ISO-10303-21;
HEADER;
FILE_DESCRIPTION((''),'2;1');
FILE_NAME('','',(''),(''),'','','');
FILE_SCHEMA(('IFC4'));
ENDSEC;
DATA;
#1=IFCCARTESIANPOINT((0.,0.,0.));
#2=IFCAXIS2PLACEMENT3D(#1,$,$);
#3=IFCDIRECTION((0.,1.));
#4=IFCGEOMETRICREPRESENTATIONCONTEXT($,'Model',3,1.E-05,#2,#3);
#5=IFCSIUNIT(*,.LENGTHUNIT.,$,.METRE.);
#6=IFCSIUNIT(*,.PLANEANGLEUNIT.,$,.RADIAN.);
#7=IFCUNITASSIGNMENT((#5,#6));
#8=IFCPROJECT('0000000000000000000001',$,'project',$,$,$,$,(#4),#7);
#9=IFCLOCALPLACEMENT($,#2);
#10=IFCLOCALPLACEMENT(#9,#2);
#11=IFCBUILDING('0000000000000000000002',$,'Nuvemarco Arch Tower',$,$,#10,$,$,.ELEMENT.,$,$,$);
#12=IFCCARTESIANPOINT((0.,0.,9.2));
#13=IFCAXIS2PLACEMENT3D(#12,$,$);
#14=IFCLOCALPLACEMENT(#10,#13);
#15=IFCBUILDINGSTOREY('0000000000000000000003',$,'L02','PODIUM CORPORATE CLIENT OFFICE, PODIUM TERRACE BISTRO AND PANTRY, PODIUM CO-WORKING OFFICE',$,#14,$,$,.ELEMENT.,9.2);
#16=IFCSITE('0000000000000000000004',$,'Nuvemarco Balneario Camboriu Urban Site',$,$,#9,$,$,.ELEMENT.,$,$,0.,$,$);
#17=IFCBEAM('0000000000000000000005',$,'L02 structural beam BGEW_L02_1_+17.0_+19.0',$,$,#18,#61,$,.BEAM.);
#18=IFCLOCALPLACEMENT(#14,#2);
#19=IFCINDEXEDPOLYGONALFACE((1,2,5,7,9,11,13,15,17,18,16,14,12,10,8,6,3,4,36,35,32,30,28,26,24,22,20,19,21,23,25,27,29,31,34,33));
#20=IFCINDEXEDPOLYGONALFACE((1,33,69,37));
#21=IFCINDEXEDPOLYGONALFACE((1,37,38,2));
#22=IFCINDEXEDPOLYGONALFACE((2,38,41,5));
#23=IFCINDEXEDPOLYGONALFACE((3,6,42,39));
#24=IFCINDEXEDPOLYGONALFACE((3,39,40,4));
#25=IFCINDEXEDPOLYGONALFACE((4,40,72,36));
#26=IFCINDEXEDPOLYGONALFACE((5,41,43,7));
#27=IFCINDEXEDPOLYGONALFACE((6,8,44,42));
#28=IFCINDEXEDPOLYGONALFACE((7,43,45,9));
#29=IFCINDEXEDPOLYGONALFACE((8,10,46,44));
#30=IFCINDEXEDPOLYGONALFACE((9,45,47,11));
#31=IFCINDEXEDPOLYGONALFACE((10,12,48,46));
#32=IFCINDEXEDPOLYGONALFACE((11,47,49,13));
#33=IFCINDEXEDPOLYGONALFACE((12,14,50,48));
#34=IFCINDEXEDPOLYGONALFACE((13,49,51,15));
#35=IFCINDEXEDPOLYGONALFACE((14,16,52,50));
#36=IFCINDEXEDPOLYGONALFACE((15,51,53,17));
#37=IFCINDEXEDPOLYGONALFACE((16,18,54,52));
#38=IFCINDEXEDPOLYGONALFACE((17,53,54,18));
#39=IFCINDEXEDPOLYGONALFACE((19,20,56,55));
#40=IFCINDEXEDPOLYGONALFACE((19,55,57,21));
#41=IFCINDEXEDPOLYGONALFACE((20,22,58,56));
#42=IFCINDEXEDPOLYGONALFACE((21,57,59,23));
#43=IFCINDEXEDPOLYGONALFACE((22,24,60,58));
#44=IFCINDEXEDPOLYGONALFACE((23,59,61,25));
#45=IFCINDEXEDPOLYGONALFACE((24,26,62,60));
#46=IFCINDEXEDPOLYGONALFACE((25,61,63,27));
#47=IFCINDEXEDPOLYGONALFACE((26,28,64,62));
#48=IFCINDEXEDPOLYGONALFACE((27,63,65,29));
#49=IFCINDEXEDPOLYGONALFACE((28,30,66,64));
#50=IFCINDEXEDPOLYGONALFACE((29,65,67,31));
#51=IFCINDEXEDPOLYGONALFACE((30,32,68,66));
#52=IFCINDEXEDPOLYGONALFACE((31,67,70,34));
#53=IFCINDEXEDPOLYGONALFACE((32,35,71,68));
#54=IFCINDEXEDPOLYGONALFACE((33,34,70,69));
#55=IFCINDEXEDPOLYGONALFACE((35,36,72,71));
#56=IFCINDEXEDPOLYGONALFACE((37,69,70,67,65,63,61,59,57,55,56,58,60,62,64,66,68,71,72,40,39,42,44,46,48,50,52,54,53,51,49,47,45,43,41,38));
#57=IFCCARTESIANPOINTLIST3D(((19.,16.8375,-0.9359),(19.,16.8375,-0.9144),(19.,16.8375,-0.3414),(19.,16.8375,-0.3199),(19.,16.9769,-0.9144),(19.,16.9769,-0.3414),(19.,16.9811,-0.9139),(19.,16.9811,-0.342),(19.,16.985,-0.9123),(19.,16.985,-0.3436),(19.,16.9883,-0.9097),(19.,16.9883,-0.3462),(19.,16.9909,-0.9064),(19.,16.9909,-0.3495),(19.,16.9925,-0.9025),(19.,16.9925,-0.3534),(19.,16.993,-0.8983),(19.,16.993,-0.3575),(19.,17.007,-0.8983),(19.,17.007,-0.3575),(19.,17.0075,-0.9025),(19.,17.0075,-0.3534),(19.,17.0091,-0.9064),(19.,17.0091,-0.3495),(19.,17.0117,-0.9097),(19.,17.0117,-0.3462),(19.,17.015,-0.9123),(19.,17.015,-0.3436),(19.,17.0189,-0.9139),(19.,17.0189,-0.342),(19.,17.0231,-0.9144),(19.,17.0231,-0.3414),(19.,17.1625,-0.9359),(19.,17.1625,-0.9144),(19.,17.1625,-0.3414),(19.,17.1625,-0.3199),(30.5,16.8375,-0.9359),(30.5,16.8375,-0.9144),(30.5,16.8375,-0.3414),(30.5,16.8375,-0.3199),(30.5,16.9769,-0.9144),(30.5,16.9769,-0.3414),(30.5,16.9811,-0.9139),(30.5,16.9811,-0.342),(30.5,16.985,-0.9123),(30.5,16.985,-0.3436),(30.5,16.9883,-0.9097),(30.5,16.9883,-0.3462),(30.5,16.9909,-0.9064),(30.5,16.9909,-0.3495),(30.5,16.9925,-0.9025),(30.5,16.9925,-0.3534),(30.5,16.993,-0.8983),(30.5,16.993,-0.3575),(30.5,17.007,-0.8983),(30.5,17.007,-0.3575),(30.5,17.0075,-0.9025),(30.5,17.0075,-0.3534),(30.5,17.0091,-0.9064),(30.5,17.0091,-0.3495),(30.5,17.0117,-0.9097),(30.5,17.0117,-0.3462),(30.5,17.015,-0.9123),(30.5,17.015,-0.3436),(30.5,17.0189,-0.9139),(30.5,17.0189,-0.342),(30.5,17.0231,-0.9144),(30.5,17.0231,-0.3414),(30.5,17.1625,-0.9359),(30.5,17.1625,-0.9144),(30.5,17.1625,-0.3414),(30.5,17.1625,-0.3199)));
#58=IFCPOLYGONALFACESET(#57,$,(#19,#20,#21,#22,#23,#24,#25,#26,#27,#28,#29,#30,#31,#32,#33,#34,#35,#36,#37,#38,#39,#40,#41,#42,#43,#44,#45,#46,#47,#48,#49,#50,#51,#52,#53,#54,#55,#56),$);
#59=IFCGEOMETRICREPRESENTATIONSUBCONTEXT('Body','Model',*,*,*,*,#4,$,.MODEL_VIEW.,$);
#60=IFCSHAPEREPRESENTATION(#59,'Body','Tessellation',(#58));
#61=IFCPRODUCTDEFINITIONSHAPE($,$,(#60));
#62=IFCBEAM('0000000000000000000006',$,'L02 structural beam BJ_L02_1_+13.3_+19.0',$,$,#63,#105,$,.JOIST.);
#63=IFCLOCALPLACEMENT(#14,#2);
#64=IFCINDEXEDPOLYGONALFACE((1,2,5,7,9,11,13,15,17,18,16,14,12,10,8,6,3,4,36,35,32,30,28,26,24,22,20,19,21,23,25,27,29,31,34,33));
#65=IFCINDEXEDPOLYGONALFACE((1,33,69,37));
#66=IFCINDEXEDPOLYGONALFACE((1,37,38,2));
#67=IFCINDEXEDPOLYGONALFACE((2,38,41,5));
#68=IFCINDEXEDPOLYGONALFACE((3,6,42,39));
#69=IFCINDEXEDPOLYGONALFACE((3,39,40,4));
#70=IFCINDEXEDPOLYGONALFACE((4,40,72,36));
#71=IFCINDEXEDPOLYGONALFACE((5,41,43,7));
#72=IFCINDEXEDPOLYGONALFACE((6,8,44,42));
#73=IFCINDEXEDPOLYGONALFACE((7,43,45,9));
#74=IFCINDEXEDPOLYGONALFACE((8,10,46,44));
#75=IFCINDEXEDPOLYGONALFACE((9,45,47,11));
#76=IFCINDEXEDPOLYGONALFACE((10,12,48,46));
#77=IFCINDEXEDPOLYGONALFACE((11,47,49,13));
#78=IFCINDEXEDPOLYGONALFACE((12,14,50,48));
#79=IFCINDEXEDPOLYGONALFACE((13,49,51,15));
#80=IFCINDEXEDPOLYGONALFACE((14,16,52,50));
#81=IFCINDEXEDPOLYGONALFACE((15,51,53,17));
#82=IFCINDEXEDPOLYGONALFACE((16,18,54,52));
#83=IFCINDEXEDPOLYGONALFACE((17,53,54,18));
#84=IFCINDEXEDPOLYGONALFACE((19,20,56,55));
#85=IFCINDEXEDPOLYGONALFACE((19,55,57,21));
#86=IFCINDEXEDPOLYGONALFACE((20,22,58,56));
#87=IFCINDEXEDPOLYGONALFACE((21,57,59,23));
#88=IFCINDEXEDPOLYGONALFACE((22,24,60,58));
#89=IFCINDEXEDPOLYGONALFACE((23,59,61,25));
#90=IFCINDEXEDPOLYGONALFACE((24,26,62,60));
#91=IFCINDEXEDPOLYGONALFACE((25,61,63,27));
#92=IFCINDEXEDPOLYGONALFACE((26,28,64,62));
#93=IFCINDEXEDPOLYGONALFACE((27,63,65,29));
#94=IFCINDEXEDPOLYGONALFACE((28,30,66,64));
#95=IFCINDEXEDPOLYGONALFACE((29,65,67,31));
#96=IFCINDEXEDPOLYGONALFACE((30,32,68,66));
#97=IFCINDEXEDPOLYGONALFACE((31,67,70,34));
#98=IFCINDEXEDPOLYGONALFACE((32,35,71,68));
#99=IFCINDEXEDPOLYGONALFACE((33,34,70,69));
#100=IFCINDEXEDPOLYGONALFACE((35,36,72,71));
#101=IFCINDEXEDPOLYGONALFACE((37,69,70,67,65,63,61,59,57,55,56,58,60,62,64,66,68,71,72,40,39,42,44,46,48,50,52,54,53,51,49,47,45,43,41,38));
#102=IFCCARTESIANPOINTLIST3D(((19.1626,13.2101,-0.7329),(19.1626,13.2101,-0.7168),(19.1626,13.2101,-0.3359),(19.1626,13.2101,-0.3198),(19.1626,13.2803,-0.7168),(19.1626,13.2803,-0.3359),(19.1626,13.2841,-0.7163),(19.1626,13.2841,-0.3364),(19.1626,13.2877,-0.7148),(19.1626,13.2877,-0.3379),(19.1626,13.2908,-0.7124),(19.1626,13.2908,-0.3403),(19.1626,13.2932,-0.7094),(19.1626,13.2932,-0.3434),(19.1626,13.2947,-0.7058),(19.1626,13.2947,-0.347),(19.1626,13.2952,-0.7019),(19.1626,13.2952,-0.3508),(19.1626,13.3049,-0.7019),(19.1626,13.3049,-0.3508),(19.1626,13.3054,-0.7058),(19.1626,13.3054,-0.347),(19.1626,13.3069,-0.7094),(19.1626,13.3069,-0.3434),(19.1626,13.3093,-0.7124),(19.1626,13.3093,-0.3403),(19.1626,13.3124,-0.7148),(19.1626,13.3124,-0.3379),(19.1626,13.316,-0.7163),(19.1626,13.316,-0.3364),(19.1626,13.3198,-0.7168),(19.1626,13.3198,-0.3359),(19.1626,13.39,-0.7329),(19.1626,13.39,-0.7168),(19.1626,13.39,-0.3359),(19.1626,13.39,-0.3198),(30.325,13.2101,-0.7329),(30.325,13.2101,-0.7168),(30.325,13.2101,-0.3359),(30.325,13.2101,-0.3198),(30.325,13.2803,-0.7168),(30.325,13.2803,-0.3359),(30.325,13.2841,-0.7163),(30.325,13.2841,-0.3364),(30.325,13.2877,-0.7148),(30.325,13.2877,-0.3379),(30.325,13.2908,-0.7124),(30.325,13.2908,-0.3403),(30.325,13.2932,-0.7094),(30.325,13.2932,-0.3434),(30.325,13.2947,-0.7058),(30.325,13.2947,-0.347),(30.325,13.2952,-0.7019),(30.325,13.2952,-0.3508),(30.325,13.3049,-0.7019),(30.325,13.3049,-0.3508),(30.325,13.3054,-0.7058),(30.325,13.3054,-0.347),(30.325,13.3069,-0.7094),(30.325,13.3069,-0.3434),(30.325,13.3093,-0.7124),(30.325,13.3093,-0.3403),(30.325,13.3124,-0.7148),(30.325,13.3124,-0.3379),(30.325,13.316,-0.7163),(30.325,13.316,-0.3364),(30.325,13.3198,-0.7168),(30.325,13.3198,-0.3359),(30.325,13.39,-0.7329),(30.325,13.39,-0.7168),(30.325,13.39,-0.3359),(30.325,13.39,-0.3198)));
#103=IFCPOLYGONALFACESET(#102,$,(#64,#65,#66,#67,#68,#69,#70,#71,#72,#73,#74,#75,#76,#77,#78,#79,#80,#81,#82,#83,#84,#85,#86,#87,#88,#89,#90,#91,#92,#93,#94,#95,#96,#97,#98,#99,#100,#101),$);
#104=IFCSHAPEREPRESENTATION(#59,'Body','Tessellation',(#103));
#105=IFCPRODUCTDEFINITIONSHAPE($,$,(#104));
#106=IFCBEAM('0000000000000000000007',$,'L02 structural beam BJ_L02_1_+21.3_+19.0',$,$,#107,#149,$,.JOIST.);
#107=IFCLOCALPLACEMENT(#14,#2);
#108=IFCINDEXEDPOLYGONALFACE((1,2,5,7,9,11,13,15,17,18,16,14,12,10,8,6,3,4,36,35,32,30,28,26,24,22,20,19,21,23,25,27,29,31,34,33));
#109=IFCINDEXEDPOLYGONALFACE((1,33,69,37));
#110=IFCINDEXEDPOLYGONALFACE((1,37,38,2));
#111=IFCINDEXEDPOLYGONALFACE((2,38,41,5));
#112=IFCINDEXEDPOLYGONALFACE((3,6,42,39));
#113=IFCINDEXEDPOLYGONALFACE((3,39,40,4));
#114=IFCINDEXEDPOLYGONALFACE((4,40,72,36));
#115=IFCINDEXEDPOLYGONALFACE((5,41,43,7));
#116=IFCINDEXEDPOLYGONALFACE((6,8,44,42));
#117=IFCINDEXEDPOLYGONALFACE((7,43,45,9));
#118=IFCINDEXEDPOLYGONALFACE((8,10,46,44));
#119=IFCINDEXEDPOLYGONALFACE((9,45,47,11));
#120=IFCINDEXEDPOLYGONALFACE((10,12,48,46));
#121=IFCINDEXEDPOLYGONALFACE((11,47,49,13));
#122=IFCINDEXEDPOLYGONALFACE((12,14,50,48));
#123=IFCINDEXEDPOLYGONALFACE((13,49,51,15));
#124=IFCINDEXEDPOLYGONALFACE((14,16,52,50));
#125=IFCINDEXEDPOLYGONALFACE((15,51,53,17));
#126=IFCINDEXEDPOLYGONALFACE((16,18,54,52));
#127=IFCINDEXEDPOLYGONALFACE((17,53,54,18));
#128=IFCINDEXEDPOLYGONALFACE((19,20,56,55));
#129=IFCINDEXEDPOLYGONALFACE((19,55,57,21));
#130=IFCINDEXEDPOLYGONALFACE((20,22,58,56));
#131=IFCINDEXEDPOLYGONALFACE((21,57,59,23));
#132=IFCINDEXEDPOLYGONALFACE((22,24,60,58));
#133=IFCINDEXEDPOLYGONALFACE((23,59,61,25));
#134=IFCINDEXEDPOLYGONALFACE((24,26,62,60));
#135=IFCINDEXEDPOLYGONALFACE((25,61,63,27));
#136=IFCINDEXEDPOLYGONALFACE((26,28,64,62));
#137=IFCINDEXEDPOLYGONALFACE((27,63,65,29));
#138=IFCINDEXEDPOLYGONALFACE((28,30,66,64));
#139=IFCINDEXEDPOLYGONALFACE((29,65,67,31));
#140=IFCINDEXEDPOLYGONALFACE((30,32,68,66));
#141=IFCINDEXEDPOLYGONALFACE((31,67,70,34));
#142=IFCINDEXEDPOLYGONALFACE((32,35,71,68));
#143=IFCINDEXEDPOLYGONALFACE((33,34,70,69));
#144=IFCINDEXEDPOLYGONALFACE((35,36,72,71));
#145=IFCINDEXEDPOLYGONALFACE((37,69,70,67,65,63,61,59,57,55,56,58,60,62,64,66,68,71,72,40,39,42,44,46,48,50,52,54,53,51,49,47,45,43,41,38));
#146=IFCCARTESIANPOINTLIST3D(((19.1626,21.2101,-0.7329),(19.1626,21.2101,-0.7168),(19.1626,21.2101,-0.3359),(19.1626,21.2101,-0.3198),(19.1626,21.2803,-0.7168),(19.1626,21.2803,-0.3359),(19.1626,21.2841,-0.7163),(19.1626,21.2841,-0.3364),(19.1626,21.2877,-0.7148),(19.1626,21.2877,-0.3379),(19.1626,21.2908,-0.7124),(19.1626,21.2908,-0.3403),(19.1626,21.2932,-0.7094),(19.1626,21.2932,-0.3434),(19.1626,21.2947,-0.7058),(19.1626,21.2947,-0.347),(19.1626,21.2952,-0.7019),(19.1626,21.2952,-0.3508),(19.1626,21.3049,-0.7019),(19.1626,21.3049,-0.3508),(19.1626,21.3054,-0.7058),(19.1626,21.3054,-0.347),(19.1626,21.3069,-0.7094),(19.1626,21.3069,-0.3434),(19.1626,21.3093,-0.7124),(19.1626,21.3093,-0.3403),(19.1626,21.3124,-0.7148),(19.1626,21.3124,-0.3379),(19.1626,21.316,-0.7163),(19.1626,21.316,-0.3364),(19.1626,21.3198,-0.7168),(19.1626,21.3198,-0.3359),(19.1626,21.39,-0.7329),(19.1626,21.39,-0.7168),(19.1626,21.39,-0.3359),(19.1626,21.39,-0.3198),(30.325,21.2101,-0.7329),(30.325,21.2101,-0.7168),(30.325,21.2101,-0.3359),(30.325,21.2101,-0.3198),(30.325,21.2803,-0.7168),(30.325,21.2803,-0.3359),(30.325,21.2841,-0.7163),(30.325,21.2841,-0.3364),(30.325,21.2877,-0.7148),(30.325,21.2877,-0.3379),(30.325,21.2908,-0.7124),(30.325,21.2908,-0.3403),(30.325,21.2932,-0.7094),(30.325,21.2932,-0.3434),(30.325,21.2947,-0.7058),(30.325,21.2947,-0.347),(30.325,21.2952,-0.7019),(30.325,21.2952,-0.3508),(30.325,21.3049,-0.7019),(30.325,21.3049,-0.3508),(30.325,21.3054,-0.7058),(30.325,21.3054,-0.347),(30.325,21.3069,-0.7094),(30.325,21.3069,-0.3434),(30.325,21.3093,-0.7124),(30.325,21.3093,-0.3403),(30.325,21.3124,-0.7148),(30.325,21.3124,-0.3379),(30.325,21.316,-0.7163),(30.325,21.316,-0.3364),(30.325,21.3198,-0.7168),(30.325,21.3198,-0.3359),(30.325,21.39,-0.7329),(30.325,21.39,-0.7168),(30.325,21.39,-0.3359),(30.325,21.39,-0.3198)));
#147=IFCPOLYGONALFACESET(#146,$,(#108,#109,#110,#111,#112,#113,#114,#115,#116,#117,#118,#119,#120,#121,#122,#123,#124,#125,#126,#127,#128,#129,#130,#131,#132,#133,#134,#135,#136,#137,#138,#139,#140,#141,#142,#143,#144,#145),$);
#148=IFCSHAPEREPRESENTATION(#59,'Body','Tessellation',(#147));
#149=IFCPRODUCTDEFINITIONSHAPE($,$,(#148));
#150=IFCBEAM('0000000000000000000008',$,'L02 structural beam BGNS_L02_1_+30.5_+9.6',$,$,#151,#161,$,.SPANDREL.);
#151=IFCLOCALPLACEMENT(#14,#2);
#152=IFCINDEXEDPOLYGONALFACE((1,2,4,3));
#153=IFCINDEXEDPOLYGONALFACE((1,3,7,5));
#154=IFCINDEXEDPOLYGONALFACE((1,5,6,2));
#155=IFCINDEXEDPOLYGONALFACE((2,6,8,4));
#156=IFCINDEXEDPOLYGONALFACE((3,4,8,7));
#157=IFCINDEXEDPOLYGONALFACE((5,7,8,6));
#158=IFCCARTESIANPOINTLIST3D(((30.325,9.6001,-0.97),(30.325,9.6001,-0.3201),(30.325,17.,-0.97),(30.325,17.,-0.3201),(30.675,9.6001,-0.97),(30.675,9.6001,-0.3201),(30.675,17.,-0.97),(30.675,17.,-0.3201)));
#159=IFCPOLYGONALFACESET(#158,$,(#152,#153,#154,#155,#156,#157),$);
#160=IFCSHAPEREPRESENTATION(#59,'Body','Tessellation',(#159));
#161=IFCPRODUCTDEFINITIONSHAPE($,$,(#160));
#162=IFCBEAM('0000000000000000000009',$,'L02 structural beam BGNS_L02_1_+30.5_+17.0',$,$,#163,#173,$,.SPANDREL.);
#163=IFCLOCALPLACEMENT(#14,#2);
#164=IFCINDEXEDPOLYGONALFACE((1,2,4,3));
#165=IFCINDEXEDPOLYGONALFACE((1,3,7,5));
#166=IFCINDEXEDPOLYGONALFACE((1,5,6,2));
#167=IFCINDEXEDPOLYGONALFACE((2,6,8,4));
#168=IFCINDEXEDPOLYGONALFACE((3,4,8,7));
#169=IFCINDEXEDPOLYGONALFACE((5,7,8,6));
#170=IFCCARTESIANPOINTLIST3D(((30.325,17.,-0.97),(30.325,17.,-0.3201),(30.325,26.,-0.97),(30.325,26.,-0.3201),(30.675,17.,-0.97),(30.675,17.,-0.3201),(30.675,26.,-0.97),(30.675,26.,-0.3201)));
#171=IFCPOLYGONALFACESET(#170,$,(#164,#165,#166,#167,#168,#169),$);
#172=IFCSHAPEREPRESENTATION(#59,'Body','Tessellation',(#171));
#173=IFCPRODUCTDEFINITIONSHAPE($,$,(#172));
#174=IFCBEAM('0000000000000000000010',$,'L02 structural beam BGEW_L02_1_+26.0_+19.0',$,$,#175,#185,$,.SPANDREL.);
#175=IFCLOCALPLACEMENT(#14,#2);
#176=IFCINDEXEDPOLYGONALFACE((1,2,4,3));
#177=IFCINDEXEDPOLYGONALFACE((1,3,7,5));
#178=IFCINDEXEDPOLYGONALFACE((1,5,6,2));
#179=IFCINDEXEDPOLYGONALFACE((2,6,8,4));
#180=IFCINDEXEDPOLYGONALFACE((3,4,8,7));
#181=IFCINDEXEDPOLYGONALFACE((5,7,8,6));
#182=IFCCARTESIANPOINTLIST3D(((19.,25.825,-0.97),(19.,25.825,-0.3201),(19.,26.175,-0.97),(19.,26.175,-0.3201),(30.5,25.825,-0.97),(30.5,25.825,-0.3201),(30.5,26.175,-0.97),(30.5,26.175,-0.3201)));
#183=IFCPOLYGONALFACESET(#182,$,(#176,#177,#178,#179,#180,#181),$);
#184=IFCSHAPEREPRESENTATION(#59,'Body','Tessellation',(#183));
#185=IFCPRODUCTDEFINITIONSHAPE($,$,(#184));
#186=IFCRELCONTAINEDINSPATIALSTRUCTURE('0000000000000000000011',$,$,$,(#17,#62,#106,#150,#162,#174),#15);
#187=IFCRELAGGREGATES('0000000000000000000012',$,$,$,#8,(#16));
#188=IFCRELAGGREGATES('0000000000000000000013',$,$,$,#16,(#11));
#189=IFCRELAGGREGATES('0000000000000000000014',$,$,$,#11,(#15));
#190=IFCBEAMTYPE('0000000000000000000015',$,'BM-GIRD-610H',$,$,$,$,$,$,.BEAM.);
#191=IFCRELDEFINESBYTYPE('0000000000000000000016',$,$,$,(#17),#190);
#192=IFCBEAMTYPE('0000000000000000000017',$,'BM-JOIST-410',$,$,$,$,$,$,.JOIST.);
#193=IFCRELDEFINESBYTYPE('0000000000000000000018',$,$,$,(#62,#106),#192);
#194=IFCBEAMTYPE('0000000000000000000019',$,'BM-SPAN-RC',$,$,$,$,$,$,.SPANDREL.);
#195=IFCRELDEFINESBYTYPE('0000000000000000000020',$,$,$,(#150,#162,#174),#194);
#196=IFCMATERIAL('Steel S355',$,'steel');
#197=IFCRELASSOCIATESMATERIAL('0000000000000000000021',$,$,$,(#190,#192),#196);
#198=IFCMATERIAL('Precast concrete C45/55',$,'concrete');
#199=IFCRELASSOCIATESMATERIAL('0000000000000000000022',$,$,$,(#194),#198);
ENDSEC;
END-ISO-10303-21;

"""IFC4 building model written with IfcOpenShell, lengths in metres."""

from ifc_helpers import new_model, si_unit, direction, frame, origin, origin_2d, place, context, subcontext, project, spatial, rectangle, i_section, extrude, material, material_profile, profile_set, type_object, element, save


model = new_model("IFC4")

# Units and contexts
model_context = context("Model", 3, precision=1e-05, world=origin(), true_north=direction((0.0, 1.0)))
body_context = subcontext(model_context, "Body", "Model", "MODEL_VIEW")
ifc_project = project(units=[si_unit("LENGTHUNIT", "METRE"), si_unit("PLANEANGLEUNIT", "RADIAN")], contexts=[model_context])

# Site, building, storey
site_placement = place(None, origin())
site = spatial("IfcSite", under=ifc_project, at=site_placement, Name="Nuvemarco Balneario Camboriu Urban Site", CompositionType="ELEMENT", RefElevation=0.0)
building_placement = place(site_placement, origin())
building = spatial("IfcBuilding", under=site, at=building_placement, Name="Nuvemarco Arch Tower", CompositionType="ELEMENT")
storey_placement = place(building_placement, frame((0.0, 0.0, 9.2)))
storey = spatial("IfcBuildingStorey", under=building, at=storey_placement, Name="L02", Description="PODIUM CORPORATE CLIENT OFFICE, PODIUM TERRACE BISTRO AND PANTRY, PODIUM CO-WORKING OFFICE", CompositionType="ELEMENT", Elevation=9.2)

# Beams
ifc_material_1 = material(Name="Steel S355", Category="steel")
ifc_material_profile_1 = material_profile(ifc_material_1, i_section(OverallWidth=0.325, OverallDepth=0.616, WebThickness=0.0139, FlangeThickness=0.0215, FilletRadius=0.0161, at=origin_2d()), Name="W610x174")
ifc_profile_set_1 = profile_set([ifc_material_profile_1], Name="Steel S355")
beam_type_1 = type_object("IfcBeamType", Name="BM-GIRD-610H", PredefinedType="BEAM", material=ifc_profile_set_1)
beam_1_placement = place(storey_placement, frame((19.0, 17.0, -0.6279), z_axis=(1.0, 0.0, 0.0), x_axis=(0.0, 1.0, 0.0)))
element("IfcBeam", 1, at=beam_1_placement, inside=storey, type_object=beam_type_1, Name="L02 structural beam BGEW_L02_1_+17.0_+19.0", PredefinedType="BEAM", context=body_context, shape_type="SweptSolid", body=[
    extrude(i_section(OverallWidth=0.325, OverallDepth=0.616, WebThickness=0.0139, FlangeThickness=0.0215, FilletRadius=0.0161, at=origin_2d()), origin(), (0.0, 0.0, 1.0), 11.5),
])
ifc_material_profile_2 = material_profile(ifc_material_1, i_section(OverallWidth=0.1799, OverallDepth=0.4131, WebThickness=0.0098, FlangeThickness=0.0161, FilletRadius=0.0149, at=origin_2d()), Name="W410x75")
ifc_profile_set_2 = profile_set([ifc_material_profile_2], Name="Steel S355")
beam_type_2 = type_object("IfcBeamType", Name="BM-JOIST-410", PredefinedType="JOIST", material=ifc_profile_set_2)
for number, where, z_axis, x_axis, name in (
    (2, (19.1626, 13.3, -0.5264), (1.0, 0.0, 0.0), (0.0, 1.0, 0.0), "L02 structural beam BJ_L02_1_+13.3_+19.0"),
    (3, (19.1626, 21.3, -0.5264), (1.0, 0.0, 0.0), (0.0, 1.0, 0.0), "L02 structural beam BJ_L02_1_+21.3_+19.0"),
):
    element("IfcBeam", number, at=place(storey_placement, frame(where, z_axis=z_axis, x_axis=x_axis)), inside=storey, type_object=beam_type_2, Name=name, PredefinedType="JOIST", context=body_context, shape_type="SweptSolid", body=[
        extrude(i_section(OverallWidth=0.1799, OverallDepth=0.4131, WebThickness=0.0098, FlangeThickness=0.0161, FilletRadius=0.0149, at=origin_2d()), origin(), (0.0, 0.0, 1.0), 11.1624),
    ])
ifc_material_2 = material(Name="Precast concrete C45/55", Category="concrete")
ifc_material_profile_3 = material_profile(ifc_material_2, rectangle(XDim=0.3501, YDim=0.6499, at=origin_2d()), Name="PC-SP-350x650")
ifc_profile_set_3 = profile_set([ifc_material_profile_3], Name="Precast concrete C45/55")
beam_type_3 = type_object("IfcBeamType", Name="BM-SPAN-RC", PredefinedType="SPANDREL", material=ifc_profile_set_3)
beam_2_placement = place(storey_placement, frame((30.5, 9.6001, -0.645), z_axis=(0.0, 1.0, 0.0), x_axis=(-1.0, 0.0, 0.0)))
element("IfcBeam", 4, at=beam_2_placement, inside=storey, type_object=beam_type_3, Name="L02 structural beam BGNS_L02_1_+30.5_+9.6", PredefinedType="SPANDREL", context=body_context, shape_type="SweptSolid", body=[
    extrude(rectangle(XDim=0.3501, YDim=0.6499, at=origin_2d()), origin(), (0.0, 0.0, 1.0), 7.3999),
])
beam_3_placement = place(storey_placement, frame((30.5, 17.0, -0.645), z_axis=(0.0, 1.0, 0.0), x_axis=(-1.0, 0.0, 0.0)))
element("IfcBeam", 5, at=beam_3_placement, inside=storey, type_object=beam_type_3, Name="L02 structural beam BGNS_L02_1_+30.5_+17.0", PredefinedType="SPANDREL", context=body_context, shape_type="SweptSolid", body=[
    extrude(rectangle(XDim=0.3501, YDim=0.6499, at=origin_2d()), origin(), (0.0, 0.0, 1.0), 9.0),
])
beam_4_placement = place(storey_placement, frame((19.0, 26.0, -0.645), z_axis=(1.0, 0.0, 0.0), x_axis=(0.0, 1.0, 0.0)))
element("IfcBeam", 6, at=beam_4_placement, inside=storey, type_object=beam_type_3, Name="L02 structural beam BGEW_L02_1_+26.0_+19.0", PredefinedType="SPANDREL", context=body_context, shape_type="SweptSolid", body=[
    extrude(rectangle(XDim=0.3501, YDim=0.6499, at=origin_2d()), origin(), (0.0, 0.0, 1.0), 11.5),
])

save(model, "model.ifc")
